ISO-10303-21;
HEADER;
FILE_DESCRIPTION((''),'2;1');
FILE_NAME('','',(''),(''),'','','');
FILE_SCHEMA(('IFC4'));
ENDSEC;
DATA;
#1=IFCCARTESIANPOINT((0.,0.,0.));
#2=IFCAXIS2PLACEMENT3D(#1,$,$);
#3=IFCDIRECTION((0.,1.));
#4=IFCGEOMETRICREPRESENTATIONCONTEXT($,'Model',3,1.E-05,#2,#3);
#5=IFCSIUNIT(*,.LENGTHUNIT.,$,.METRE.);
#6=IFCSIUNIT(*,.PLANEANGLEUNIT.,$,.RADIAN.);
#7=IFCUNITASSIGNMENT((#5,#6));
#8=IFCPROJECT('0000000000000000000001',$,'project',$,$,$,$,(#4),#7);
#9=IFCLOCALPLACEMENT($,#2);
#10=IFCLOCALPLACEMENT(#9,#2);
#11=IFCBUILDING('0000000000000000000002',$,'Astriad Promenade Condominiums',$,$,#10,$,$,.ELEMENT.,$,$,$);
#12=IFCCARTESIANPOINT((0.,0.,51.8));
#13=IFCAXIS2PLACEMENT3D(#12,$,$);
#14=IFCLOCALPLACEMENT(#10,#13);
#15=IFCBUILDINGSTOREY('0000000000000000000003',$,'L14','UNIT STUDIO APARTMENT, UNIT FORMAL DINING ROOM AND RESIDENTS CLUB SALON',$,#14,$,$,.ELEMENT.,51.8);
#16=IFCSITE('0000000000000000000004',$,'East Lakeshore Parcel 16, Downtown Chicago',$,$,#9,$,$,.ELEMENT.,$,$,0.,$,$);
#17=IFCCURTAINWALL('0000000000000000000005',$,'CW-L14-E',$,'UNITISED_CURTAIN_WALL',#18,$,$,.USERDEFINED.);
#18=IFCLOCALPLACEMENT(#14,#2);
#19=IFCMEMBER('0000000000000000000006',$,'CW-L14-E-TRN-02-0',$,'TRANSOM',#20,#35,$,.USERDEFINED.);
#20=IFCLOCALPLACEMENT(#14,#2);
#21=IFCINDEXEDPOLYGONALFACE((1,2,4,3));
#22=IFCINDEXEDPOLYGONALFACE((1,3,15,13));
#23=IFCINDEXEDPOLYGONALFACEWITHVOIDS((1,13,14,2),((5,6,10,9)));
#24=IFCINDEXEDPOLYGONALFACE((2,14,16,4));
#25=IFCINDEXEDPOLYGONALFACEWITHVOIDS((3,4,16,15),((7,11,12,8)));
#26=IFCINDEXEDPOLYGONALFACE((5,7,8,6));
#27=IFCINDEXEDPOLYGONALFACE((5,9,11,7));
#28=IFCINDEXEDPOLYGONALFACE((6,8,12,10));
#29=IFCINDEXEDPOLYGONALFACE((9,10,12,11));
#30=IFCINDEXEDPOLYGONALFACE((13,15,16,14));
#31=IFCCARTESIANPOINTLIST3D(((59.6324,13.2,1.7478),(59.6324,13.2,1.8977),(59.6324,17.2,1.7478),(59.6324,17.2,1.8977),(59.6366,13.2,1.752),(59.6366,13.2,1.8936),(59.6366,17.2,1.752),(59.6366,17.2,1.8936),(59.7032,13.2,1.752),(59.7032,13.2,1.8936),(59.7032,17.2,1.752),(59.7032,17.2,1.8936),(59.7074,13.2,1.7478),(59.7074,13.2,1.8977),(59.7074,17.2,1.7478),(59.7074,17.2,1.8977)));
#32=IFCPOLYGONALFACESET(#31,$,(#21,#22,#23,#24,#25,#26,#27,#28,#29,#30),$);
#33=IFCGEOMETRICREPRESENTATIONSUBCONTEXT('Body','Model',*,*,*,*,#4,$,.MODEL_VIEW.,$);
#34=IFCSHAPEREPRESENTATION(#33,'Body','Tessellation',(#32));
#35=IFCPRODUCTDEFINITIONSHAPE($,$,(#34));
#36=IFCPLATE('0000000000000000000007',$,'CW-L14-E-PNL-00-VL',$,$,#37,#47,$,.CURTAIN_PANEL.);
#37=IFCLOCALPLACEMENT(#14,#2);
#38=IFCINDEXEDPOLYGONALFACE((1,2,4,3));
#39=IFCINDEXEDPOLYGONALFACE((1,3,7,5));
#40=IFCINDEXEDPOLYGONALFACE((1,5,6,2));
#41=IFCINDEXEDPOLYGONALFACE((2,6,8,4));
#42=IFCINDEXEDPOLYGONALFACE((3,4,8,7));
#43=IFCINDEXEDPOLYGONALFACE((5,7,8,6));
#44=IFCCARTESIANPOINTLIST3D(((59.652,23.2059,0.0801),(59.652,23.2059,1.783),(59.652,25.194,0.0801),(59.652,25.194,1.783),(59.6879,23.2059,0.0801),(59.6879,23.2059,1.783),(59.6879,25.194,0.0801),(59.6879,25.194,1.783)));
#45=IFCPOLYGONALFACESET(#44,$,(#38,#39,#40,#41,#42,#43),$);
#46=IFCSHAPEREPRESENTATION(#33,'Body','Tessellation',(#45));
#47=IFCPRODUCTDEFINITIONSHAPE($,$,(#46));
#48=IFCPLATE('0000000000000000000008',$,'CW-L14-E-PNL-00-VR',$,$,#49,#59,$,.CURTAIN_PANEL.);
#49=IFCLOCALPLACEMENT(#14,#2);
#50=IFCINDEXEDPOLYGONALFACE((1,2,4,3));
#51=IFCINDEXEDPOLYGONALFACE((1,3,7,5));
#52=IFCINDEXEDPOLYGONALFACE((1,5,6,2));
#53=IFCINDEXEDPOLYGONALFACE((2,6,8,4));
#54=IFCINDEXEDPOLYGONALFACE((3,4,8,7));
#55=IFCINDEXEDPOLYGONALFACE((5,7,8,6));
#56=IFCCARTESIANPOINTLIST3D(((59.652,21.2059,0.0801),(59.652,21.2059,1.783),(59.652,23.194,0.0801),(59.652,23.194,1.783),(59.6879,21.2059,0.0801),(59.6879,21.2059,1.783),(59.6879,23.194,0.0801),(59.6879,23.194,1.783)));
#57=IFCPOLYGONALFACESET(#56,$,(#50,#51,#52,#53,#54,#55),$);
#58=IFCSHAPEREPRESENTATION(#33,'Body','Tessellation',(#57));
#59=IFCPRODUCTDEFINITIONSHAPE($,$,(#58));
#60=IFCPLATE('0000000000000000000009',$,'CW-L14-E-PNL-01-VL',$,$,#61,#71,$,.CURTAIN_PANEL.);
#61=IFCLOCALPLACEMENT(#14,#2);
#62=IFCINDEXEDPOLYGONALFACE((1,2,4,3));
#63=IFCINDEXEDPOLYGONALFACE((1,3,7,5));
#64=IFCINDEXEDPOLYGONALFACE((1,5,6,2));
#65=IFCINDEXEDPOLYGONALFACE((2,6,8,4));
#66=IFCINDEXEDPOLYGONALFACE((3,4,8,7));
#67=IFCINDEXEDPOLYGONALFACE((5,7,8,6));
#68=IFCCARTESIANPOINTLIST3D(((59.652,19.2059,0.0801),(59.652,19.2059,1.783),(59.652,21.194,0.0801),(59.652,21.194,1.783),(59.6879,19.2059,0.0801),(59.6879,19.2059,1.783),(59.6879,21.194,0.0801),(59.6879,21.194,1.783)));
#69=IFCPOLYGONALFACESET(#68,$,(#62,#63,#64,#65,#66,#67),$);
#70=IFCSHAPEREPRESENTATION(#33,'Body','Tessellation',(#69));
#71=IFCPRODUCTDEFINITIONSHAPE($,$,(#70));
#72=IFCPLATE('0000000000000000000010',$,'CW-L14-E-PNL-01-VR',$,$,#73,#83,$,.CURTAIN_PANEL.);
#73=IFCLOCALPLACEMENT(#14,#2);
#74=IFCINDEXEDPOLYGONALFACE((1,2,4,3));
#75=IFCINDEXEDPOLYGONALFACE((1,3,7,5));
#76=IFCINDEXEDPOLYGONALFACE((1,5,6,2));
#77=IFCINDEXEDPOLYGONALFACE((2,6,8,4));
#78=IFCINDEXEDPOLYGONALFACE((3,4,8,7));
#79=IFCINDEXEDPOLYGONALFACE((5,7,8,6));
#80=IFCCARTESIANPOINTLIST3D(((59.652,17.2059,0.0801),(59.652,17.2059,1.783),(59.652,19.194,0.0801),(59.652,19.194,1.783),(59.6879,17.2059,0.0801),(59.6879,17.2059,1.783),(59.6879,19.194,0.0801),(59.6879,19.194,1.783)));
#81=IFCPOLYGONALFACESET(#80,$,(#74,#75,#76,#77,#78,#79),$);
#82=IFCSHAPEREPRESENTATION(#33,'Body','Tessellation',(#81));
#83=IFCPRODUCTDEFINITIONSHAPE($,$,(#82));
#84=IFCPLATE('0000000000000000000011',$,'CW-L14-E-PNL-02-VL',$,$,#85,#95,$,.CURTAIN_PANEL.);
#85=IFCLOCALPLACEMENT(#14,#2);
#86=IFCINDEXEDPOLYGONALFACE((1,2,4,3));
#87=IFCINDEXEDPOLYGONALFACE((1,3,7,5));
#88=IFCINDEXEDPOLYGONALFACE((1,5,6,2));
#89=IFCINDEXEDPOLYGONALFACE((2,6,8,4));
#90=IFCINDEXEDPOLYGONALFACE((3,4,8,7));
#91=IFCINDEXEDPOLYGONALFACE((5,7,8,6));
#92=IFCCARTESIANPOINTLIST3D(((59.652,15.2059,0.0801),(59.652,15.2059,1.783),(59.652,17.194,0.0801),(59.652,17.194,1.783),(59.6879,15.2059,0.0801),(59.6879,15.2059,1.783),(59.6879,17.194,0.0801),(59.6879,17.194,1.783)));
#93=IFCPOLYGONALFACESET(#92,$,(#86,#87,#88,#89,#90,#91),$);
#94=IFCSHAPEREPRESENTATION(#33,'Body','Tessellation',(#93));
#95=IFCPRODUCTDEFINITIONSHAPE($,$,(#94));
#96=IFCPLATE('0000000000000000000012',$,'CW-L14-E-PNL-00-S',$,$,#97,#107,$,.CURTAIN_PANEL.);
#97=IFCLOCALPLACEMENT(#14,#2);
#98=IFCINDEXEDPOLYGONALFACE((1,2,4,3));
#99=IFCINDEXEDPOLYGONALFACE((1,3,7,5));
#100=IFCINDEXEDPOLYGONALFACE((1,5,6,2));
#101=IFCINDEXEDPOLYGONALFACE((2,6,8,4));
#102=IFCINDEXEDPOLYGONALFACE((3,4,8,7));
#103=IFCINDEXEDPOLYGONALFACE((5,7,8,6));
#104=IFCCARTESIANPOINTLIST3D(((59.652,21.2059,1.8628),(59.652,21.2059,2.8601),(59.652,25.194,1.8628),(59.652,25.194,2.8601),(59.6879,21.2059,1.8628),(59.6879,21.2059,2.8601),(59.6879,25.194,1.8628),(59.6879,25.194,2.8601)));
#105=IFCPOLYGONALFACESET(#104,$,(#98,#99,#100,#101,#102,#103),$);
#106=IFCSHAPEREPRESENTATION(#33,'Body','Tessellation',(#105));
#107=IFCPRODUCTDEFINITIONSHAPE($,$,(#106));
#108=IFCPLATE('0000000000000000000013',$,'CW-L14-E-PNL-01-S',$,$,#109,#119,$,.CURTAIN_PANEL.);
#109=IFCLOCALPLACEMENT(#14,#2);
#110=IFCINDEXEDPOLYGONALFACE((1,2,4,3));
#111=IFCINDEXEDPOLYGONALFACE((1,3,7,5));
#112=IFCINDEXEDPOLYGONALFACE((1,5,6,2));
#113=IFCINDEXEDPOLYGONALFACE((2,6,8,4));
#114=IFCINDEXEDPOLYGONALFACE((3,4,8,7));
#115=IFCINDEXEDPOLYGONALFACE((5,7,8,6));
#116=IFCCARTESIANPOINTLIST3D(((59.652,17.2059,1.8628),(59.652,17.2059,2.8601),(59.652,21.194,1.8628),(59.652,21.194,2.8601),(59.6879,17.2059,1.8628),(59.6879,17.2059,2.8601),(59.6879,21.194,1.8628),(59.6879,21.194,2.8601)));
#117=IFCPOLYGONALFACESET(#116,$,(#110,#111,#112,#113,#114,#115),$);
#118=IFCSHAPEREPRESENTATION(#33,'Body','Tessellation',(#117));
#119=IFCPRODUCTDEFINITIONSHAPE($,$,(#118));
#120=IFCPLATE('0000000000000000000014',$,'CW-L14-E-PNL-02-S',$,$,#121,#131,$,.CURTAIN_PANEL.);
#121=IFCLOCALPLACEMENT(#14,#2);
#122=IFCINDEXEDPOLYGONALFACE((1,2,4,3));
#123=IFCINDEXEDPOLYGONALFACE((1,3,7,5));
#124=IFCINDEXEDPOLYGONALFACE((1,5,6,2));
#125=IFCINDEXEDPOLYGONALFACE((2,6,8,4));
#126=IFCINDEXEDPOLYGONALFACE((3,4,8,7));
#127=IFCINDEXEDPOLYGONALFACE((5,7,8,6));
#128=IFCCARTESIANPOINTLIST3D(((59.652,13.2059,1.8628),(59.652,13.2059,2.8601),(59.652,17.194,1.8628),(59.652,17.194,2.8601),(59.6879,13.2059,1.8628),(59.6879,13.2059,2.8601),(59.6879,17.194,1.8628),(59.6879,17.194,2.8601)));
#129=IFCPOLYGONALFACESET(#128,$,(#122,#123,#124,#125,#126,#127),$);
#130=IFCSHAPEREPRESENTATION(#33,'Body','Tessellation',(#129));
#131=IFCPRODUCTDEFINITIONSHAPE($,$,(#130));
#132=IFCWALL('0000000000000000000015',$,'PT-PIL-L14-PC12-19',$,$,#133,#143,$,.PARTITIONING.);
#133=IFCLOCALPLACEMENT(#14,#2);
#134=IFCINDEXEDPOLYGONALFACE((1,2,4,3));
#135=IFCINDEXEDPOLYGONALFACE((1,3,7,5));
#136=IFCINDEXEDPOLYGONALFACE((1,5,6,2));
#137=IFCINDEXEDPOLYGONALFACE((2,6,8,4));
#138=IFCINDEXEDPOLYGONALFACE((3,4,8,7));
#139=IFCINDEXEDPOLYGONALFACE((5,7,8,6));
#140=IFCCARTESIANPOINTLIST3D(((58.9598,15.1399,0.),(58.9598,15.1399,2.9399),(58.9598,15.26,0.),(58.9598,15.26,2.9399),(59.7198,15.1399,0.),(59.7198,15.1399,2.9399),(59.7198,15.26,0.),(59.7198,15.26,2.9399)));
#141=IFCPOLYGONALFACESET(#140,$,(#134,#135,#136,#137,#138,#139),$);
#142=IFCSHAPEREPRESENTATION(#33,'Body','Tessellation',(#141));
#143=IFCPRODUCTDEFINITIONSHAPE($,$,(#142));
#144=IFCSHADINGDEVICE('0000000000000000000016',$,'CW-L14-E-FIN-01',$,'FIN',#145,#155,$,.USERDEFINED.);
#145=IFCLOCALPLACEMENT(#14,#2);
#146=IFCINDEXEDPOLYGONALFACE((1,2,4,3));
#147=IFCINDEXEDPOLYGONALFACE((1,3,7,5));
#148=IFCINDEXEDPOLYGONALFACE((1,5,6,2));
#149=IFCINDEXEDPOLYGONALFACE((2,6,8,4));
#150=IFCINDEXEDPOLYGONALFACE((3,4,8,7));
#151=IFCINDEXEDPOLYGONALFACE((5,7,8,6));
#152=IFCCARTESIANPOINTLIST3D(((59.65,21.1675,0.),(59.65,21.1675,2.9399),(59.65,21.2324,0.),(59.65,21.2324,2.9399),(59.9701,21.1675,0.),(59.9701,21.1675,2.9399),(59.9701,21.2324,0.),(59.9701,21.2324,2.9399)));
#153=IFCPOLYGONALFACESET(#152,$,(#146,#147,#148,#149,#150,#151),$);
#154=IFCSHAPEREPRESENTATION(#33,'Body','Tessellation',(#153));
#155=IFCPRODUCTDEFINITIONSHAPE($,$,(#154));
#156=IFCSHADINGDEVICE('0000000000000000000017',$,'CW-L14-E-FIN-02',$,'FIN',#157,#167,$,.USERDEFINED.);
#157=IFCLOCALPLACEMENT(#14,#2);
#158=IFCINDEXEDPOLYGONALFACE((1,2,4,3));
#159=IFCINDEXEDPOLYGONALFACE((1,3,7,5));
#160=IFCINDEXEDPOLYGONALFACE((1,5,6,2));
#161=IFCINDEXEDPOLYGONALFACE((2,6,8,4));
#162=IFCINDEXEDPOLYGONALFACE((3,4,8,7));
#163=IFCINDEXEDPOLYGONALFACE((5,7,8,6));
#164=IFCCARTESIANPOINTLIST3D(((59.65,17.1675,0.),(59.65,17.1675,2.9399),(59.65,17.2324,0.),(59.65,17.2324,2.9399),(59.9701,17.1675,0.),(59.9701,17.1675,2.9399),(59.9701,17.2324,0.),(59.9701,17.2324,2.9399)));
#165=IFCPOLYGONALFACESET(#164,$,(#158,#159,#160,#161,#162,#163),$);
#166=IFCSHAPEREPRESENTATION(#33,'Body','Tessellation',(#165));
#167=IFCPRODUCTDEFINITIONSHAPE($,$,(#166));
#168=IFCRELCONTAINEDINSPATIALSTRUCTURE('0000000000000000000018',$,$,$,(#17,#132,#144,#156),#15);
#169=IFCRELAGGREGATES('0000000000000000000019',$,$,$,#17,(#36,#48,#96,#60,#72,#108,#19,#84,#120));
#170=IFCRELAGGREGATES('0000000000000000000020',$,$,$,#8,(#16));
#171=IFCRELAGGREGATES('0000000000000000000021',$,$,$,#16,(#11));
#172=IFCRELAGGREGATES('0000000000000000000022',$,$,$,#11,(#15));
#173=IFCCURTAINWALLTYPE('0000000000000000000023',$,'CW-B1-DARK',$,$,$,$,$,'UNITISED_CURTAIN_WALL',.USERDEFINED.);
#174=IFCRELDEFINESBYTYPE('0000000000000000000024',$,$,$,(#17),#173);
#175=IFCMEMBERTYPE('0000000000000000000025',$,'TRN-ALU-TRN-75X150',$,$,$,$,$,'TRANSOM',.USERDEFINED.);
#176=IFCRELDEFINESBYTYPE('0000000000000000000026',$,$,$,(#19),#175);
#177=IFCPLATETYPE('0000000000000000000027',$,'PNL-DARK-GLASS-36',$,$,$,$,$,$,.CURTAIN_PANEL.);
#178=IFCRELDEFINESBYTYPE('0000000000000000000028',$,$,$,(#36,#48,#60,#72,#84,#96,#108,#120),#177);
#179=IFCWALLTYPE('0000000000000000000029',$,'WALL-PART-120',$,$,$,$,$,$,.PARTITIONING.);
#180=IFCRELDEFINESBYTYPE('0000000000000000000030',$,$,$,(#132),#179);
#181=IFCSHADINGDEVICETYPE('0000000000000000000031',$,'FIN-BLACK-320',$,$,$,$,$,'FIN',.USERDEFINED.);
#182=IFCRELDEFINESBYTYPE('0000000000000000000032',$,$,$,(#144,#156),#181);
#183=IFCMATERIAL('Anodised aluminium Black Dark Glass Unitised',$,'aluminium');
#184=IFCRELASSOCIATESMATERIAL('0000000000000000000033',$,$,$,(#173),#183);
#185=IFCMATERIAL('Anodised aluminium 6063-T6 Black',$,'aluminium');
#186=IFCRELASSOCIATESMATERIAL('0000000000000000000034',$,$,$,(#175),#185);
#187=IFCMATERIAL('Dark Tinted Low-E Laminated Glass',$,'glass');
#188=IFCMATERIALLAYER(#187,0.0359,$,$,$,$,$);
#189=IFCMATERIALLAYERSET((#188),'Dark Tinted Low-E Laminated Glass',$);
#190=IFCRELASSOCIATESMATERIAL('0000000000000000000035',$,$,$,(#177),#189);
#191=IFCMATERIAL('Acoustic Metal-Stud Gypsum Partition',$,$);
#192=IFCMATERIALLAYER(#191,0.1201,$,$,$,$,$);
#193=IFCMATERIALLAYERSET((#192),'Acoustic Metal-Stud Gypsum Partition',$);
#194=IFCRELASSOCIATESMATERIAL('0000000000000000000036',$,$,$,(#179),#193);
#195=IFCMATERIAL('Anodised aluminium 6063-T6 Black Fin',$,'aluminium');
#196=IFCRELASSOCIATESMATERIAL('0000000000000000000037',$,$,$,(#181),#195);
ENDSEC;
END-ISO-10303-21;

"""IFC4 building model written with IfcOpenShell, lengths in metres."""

from ifc_helpers import new_model, si_unit, direction, frame, frame_2d, origin, origin_2d, place, context, subcontext, project, spatial, rectangle, hollow_rectangle, extrude, source, transform, mapped, material, layer, layer_set, material_profile, profile_set, type_object, type_shapes, element, aggregate, save


model = new_model("IFC4")

# Units and contexts
model_context = context("Model", 3, precision=1e-05, world=origin(), true_north=direction((0.0, 1.0)))
body_context = subcontext(model_context, "Body", "Model", "MODEL_VIEW")
ifc_project = project(units=[si_unit("LENGTHUNIT", "METRE"), si_unit("PLANEANGLEUNIT", "RADIAN")], contexts=[model_context])

# Site, building, storey
site_placement = place(None, origin())
site = spatial("IfcSite", under=ifc_project, at=site_placement, Name="East Lakeshore Parcel 16, Downtown Chicago", CompositionType="ELEMENT", RefElevation=0.0)
building_placement = place(site_placement, origin())
building = spatial("IfcBuilding", under=site, at=building_placement, Name="Astriad Promenade Condominiums", CompositionType="ELEMENT")
storey_placement = place(building_placement, frame((0.0, 0.0, 51.8)))
storey = spatial("IfcBuildingStorey", under=building, at=storey_placement, Name="L14", Description="UNIT STUDIO APARTMENT, UNIT FORMAL DINING ROOM AND RESIDENTS CLUB SALON", CompositionType="ELEMENT", Elevation=51.8)

# Curtain wall, member, plates
ifc_material_1 = material(Name="Anodised aluminium Black Dark Glass Unitised", Category="aluminium")
curtain_wall_type = type_object("IfcCurtainWallType", Name="CW-B1-DARK", ElementType="UNITISED_CURTAIN_WALL", PredefinedType="USERDEFINED", material=ifc_material_1)
curtain_wall_placement = place(storey_placement, origin())
curtain_wall = element("IfcCurtainWall", 1, at=curtain_wall_placement, inside=storey, type_object=curtain_wall_type, Name="CW-L14-E", ObjectType="UNITISED_CURTAIN_WALL", PredefinedType="USERDEFINED")
ifc_material_2 = material(Name="Anodised aluminium 6063-T6 Black", Category="aluminium")
ifc_material_profile_1 = material_profile(ifc_material_2, hollow_rectangle(XDim=0.075, YDim=0.1499, WallThickness=0.0042, at=origin_2d()), Name="ALU-TRN-75X150")
ifc_profile_set_1 = profile_set([ifc_material_profile_1], Name="Anodised aluminium 6063-T6 Black")
member_type_1 = type_object("IfcMemberType", Name="TRN-ALU-TRN-75X150", ElementType="TRANSOM", PredefinedType="USERDEFINED", material=ifc_profile_set_1)
shared_shape_1 = source(origin(), body_context, "Body", "SweptSolid", [
    extrude(hollow_rectangle(XDim=0.075, YDim=0.1499, WallThickness=0.0042, at=origin_2d()), origin(), (0.0, 0.0, 1.0), 4.0),
])
type_shapes(member_type_1, [shared_shape_1])
member_1_placement = place(storey_placement, frame((59.6699, 17.2, 1.8228), z_axis=(0.0, -1.0, 0.0), x_axis=(1.0, 0.0, 0.0)))
member_1 = element("IfcMember", 2, at=member_1_placement, type_object=member_type_1, Name="CW-L14-E-TRN-02-0", ObjectType="TRANSOM", PredefinedType="USERDEFINED", context=body_context, shape_type="MappedRepresentation", body=[
    mapped(shared_shape_1, transform((0.0, 0.0, 0.0), scale=1.0)),
])
ifc_material_3 = material(Name="Dark Tinted Low-E Laminated Glass", Category="glass")
ifc_layer_1 = layer(ifc_material_3, 0.0359)
ifc_layer_set_1 = layer_set([ifc_layer_1], Name="Dark Tinted Low-E Laminated Glass")
plate_type = type_object("IfcPlateType", Name="PNL-DARK-GLASS-36", PredefinedType="CURTAIN_PANEL", material=ifc_layer_set_1)
shared_shape_2 = source(origin(), body_context, "Body", "SweptSolid", [
    extrude(rectangle(XDim=1.988, YDim=0.0359, at=origin_2d()), origin(), (0.0, 0.0, 1.0), 1.7029),
])
plate_1_placement = place(storey_placement, frame((59.6699, 24.2, 0.0801), z_axis=(0.0, 0.0, 1.0), x_axis=(0.0, -1.0, 0.0)))
plate_1 = element("IfcPlate", 3, at=plate_1_placement, type_object=plate_type, Name="CW-L14-E-PNL-00-VL", PredefinedType="CURTAIN_PANEL", context=body_context, shape_type="MappedRepresentation", body=[
    mapped(shared_shape_2, transform((0.0, 0.0, 0.0), scale=1.0)),
])
plate_2_placement = place(storey_placement, frame((59.6699, 22.2, 0.0801), z_axis=(0.0, 0.0, 1.0), x_axis=(0.0, -1.0, 0.0)))
plate_2 = element("IfcPlate", 4, at=plate_2_placement, type_object=plate_type, Name="CW-L14-E-PNL-00-VR", PredefinedType="CURTAIN_PANEL", context=body_context, shape_type="MappedRepresentation", body=[
    mapped(shared_shape_2, transform((0.0, 0.0, 0.0), scale=1.0)),
])
plate_3_placement = place(storey_placement, frame((59.6699, 20.2, 0.0801), z_axis=(0.0, 0.0, 1.0), x_axis=(0.0, -1.0, 0.0)))
plate_3 = element("IfcPlate", 5, at=plate_3_placement, type_object=plate_type, Name="CW-L14-E-PNL-01-VL", PredefinedType="CURTAIN_PANEL", context=body_context, shape_type="MappedRepresentation", body=[
    mapped(shared_shape_2, transform((0.0, 0.0, 0.0), scale=1.0)),
])
plate_4_placement = place(storey_placement, frame((59.6699, 18.2, 0.0801), z_axis=(0.0, 0.0, 1.0), x_axis=(0.0, -1.0, 0.0)))
plate_4 = element("IfcPlate", 6, at=plate_4_placement, type_object=plate_type, Name="CW-L14-E-PNL-01-VR", PredefinedType="CURTAIN_PANEL", context=body_context, shape_type="MappedRepresentation", body=[
    mapped(shared_shape_2, transform((0.0, 0.0, 0.0), scale=1.0)),
])
plate_5_placement = place(storey_placement, frame((59.6699, 16.2, 0.0801), z_axis=(0.0, 0.0, 1.0), x_axis=(0.0, -1.0, 0.0)))
plate_5 = element("IfcPlate", 7, at=plate_5_placement, type_object=plate_type, Name="CW-L14-E-PNL-02-VL", PredefinedType="CURTAIN_PANEL", context=body_context, shape_type="MappedRepresentation", body=[
    mapped(shared_shape_2, transform((0.0, 0.0, 0.0), scale=1.0)),
])
shared_shape_3 = source(origin(), body_context, "Body", "SweptSolid", [
    extrude(rectangle(XDim=3.988, YDim=0.0359, at=origin_2d()), origin(), (0.0, 0.0, 1.0), 0.9973),
])
type_shapes(plate_type, [shared_shape_2, shared_shape_3])
plate_6_placement = place(storey_placement, frame((59.6699, 23.2, 1.8628), z_axis=(0.0, 0.0, 1.0), x_axis=(0.0, -1.0, 0.0)))
plate_6 = element("IfcPlate", 8, at=plate_6_placement, type_object=plate_type, Name="CW-L14-E-PNL-00-S", PredefinedType="CURTAIN_PANEL", context=body_context, shape_type="MappedRepresentation", body=[
    mapped(shared_shape_3, transform((0.0, 0.0, 0.0), scale=1.0)),
])
plate_7_placement = place(storey_placement, frame((59.6699, 19.2, 1.8628), z_axis=(0.0, 0.0, 1.0), x_axis=(0.0, -1.0, 0.0)))
plate_7 = element("IfcPlate", 9, at=plate_7_placement, type_object=plate_type, Name="CW-L14-E-PNL-01-S", PredefinedType="CURTAIN_PANEL", context=body_context, shape_type="MappedRepresentation", body=[
    mapped(shared_shape_3, transform((0.0, 0.0, 0.0), scale=1.0)),
])
plate_8_placement = place(storey_placement, frame((59.6699, 15.2, 1.8628), z_axis=(0.0, 0.0, 1.0), x_axis=(0.0, -1.0, 0.0)))
plate_8 = element("IfcPlate", 10, at=plate_8_placement, type_object=plate_type, Name="CW-L14-E-PNL-02-S", PredefinedType="CURTAIN_PANEL", context=body_context, shape_type="MappedRepresentation", body=[
    mapped(shared_shape_3, transform((0.0, 0.0, 0.0), scale=1.0)),
])
aggregate(curtain_wall, [plate_1, plate_2, plate_6, plate_3, plate_4, plate_7, member_1, plate_5, plate_8])

# Wall
ifc_material_4 = material(Name="Acoustic Metal-Stud Gypsum Partition")
ifc_layer_2 = layer(ifc_material_4, 0.1201)
ifc_layer_set_2 = layer_set([ifc_layer_2], Name="Acoustic Metal-Stud Gypsum Partition")
wall_type = type_object("IfcWallType", Name="WALL-PART-120", PredefinedType="PARTITIONING", material=ifc_layer_set_2)
wall_placement = place(storey_placement, frame((58.96, 15.2, 0.0), z_axis=(0.0, 0.0, 1.0), x_axis=(1.0, 0.0, 0.0)))
element("IfcWall", 11, at=wall_placement, inside=storey, type_object=wall_type, Name="PT-PIL-L14-PC12-19", PredefinedType="PARTITIONING", context=body_context, shape_type="SweptSolid", body=[
    extrude(rectangle(XDim=0.76, YDim=0.1201, at=frame_2d((0.3799, 0.0))), origin(), (0.0, 0.0, 1.0), 2.9399),
])

# Shading devices
ifc_material_5 = material(Name="Anodised aluminium 6063-T6 Black Fin", Category="aluminium")
shading_device_type = type_object("IfcShadingDeviceType", Name="FIN-BLACK-320", ElementType="FIN", PredefinedType="USERDEFINED", material=ifc_material_5)
shared_shape_4 = source(origin(), body_context, "Body", "SweptSolid", [
    extrude(rectangle(XDim=0.0649, YDim=0.3201, at=origin_2d()), origin(), (0.0, 0.0, 1.0), 2.9399),
])
type_shapes(shading_device_type, [shared_shape_4])
for number, where, z_axis, x_axis, name in (
    (12, (59.8101, 21.2, 0.0), (0.0, 0.0, 1.0), (0.0, -1.0, 0.0), "CW-L14-E-FIN-01"),
    (13, (59.8101, 17.2, 0.0), (0.0, 0.0, 1.0), (0.0, -1.0, 0.0), "CW-L14-E-FIN-02"),
):
    element("IfcShadingDevice", number, at=place(storey_placement, frame(where, z_axis=z_axis, x_axis=x_axis)), inside=storey, type_object=shading_device_type, Name=name, ObjectType="FIN", PredefinedType="USERDEFINED", context=body_context, shape_type="MappedRepresentation", body=[
        mapped(shared_shape_4, transform((0.0, 0.0, 0.0), scale=1.0)),
    ])

save(model, "model.ifc")
